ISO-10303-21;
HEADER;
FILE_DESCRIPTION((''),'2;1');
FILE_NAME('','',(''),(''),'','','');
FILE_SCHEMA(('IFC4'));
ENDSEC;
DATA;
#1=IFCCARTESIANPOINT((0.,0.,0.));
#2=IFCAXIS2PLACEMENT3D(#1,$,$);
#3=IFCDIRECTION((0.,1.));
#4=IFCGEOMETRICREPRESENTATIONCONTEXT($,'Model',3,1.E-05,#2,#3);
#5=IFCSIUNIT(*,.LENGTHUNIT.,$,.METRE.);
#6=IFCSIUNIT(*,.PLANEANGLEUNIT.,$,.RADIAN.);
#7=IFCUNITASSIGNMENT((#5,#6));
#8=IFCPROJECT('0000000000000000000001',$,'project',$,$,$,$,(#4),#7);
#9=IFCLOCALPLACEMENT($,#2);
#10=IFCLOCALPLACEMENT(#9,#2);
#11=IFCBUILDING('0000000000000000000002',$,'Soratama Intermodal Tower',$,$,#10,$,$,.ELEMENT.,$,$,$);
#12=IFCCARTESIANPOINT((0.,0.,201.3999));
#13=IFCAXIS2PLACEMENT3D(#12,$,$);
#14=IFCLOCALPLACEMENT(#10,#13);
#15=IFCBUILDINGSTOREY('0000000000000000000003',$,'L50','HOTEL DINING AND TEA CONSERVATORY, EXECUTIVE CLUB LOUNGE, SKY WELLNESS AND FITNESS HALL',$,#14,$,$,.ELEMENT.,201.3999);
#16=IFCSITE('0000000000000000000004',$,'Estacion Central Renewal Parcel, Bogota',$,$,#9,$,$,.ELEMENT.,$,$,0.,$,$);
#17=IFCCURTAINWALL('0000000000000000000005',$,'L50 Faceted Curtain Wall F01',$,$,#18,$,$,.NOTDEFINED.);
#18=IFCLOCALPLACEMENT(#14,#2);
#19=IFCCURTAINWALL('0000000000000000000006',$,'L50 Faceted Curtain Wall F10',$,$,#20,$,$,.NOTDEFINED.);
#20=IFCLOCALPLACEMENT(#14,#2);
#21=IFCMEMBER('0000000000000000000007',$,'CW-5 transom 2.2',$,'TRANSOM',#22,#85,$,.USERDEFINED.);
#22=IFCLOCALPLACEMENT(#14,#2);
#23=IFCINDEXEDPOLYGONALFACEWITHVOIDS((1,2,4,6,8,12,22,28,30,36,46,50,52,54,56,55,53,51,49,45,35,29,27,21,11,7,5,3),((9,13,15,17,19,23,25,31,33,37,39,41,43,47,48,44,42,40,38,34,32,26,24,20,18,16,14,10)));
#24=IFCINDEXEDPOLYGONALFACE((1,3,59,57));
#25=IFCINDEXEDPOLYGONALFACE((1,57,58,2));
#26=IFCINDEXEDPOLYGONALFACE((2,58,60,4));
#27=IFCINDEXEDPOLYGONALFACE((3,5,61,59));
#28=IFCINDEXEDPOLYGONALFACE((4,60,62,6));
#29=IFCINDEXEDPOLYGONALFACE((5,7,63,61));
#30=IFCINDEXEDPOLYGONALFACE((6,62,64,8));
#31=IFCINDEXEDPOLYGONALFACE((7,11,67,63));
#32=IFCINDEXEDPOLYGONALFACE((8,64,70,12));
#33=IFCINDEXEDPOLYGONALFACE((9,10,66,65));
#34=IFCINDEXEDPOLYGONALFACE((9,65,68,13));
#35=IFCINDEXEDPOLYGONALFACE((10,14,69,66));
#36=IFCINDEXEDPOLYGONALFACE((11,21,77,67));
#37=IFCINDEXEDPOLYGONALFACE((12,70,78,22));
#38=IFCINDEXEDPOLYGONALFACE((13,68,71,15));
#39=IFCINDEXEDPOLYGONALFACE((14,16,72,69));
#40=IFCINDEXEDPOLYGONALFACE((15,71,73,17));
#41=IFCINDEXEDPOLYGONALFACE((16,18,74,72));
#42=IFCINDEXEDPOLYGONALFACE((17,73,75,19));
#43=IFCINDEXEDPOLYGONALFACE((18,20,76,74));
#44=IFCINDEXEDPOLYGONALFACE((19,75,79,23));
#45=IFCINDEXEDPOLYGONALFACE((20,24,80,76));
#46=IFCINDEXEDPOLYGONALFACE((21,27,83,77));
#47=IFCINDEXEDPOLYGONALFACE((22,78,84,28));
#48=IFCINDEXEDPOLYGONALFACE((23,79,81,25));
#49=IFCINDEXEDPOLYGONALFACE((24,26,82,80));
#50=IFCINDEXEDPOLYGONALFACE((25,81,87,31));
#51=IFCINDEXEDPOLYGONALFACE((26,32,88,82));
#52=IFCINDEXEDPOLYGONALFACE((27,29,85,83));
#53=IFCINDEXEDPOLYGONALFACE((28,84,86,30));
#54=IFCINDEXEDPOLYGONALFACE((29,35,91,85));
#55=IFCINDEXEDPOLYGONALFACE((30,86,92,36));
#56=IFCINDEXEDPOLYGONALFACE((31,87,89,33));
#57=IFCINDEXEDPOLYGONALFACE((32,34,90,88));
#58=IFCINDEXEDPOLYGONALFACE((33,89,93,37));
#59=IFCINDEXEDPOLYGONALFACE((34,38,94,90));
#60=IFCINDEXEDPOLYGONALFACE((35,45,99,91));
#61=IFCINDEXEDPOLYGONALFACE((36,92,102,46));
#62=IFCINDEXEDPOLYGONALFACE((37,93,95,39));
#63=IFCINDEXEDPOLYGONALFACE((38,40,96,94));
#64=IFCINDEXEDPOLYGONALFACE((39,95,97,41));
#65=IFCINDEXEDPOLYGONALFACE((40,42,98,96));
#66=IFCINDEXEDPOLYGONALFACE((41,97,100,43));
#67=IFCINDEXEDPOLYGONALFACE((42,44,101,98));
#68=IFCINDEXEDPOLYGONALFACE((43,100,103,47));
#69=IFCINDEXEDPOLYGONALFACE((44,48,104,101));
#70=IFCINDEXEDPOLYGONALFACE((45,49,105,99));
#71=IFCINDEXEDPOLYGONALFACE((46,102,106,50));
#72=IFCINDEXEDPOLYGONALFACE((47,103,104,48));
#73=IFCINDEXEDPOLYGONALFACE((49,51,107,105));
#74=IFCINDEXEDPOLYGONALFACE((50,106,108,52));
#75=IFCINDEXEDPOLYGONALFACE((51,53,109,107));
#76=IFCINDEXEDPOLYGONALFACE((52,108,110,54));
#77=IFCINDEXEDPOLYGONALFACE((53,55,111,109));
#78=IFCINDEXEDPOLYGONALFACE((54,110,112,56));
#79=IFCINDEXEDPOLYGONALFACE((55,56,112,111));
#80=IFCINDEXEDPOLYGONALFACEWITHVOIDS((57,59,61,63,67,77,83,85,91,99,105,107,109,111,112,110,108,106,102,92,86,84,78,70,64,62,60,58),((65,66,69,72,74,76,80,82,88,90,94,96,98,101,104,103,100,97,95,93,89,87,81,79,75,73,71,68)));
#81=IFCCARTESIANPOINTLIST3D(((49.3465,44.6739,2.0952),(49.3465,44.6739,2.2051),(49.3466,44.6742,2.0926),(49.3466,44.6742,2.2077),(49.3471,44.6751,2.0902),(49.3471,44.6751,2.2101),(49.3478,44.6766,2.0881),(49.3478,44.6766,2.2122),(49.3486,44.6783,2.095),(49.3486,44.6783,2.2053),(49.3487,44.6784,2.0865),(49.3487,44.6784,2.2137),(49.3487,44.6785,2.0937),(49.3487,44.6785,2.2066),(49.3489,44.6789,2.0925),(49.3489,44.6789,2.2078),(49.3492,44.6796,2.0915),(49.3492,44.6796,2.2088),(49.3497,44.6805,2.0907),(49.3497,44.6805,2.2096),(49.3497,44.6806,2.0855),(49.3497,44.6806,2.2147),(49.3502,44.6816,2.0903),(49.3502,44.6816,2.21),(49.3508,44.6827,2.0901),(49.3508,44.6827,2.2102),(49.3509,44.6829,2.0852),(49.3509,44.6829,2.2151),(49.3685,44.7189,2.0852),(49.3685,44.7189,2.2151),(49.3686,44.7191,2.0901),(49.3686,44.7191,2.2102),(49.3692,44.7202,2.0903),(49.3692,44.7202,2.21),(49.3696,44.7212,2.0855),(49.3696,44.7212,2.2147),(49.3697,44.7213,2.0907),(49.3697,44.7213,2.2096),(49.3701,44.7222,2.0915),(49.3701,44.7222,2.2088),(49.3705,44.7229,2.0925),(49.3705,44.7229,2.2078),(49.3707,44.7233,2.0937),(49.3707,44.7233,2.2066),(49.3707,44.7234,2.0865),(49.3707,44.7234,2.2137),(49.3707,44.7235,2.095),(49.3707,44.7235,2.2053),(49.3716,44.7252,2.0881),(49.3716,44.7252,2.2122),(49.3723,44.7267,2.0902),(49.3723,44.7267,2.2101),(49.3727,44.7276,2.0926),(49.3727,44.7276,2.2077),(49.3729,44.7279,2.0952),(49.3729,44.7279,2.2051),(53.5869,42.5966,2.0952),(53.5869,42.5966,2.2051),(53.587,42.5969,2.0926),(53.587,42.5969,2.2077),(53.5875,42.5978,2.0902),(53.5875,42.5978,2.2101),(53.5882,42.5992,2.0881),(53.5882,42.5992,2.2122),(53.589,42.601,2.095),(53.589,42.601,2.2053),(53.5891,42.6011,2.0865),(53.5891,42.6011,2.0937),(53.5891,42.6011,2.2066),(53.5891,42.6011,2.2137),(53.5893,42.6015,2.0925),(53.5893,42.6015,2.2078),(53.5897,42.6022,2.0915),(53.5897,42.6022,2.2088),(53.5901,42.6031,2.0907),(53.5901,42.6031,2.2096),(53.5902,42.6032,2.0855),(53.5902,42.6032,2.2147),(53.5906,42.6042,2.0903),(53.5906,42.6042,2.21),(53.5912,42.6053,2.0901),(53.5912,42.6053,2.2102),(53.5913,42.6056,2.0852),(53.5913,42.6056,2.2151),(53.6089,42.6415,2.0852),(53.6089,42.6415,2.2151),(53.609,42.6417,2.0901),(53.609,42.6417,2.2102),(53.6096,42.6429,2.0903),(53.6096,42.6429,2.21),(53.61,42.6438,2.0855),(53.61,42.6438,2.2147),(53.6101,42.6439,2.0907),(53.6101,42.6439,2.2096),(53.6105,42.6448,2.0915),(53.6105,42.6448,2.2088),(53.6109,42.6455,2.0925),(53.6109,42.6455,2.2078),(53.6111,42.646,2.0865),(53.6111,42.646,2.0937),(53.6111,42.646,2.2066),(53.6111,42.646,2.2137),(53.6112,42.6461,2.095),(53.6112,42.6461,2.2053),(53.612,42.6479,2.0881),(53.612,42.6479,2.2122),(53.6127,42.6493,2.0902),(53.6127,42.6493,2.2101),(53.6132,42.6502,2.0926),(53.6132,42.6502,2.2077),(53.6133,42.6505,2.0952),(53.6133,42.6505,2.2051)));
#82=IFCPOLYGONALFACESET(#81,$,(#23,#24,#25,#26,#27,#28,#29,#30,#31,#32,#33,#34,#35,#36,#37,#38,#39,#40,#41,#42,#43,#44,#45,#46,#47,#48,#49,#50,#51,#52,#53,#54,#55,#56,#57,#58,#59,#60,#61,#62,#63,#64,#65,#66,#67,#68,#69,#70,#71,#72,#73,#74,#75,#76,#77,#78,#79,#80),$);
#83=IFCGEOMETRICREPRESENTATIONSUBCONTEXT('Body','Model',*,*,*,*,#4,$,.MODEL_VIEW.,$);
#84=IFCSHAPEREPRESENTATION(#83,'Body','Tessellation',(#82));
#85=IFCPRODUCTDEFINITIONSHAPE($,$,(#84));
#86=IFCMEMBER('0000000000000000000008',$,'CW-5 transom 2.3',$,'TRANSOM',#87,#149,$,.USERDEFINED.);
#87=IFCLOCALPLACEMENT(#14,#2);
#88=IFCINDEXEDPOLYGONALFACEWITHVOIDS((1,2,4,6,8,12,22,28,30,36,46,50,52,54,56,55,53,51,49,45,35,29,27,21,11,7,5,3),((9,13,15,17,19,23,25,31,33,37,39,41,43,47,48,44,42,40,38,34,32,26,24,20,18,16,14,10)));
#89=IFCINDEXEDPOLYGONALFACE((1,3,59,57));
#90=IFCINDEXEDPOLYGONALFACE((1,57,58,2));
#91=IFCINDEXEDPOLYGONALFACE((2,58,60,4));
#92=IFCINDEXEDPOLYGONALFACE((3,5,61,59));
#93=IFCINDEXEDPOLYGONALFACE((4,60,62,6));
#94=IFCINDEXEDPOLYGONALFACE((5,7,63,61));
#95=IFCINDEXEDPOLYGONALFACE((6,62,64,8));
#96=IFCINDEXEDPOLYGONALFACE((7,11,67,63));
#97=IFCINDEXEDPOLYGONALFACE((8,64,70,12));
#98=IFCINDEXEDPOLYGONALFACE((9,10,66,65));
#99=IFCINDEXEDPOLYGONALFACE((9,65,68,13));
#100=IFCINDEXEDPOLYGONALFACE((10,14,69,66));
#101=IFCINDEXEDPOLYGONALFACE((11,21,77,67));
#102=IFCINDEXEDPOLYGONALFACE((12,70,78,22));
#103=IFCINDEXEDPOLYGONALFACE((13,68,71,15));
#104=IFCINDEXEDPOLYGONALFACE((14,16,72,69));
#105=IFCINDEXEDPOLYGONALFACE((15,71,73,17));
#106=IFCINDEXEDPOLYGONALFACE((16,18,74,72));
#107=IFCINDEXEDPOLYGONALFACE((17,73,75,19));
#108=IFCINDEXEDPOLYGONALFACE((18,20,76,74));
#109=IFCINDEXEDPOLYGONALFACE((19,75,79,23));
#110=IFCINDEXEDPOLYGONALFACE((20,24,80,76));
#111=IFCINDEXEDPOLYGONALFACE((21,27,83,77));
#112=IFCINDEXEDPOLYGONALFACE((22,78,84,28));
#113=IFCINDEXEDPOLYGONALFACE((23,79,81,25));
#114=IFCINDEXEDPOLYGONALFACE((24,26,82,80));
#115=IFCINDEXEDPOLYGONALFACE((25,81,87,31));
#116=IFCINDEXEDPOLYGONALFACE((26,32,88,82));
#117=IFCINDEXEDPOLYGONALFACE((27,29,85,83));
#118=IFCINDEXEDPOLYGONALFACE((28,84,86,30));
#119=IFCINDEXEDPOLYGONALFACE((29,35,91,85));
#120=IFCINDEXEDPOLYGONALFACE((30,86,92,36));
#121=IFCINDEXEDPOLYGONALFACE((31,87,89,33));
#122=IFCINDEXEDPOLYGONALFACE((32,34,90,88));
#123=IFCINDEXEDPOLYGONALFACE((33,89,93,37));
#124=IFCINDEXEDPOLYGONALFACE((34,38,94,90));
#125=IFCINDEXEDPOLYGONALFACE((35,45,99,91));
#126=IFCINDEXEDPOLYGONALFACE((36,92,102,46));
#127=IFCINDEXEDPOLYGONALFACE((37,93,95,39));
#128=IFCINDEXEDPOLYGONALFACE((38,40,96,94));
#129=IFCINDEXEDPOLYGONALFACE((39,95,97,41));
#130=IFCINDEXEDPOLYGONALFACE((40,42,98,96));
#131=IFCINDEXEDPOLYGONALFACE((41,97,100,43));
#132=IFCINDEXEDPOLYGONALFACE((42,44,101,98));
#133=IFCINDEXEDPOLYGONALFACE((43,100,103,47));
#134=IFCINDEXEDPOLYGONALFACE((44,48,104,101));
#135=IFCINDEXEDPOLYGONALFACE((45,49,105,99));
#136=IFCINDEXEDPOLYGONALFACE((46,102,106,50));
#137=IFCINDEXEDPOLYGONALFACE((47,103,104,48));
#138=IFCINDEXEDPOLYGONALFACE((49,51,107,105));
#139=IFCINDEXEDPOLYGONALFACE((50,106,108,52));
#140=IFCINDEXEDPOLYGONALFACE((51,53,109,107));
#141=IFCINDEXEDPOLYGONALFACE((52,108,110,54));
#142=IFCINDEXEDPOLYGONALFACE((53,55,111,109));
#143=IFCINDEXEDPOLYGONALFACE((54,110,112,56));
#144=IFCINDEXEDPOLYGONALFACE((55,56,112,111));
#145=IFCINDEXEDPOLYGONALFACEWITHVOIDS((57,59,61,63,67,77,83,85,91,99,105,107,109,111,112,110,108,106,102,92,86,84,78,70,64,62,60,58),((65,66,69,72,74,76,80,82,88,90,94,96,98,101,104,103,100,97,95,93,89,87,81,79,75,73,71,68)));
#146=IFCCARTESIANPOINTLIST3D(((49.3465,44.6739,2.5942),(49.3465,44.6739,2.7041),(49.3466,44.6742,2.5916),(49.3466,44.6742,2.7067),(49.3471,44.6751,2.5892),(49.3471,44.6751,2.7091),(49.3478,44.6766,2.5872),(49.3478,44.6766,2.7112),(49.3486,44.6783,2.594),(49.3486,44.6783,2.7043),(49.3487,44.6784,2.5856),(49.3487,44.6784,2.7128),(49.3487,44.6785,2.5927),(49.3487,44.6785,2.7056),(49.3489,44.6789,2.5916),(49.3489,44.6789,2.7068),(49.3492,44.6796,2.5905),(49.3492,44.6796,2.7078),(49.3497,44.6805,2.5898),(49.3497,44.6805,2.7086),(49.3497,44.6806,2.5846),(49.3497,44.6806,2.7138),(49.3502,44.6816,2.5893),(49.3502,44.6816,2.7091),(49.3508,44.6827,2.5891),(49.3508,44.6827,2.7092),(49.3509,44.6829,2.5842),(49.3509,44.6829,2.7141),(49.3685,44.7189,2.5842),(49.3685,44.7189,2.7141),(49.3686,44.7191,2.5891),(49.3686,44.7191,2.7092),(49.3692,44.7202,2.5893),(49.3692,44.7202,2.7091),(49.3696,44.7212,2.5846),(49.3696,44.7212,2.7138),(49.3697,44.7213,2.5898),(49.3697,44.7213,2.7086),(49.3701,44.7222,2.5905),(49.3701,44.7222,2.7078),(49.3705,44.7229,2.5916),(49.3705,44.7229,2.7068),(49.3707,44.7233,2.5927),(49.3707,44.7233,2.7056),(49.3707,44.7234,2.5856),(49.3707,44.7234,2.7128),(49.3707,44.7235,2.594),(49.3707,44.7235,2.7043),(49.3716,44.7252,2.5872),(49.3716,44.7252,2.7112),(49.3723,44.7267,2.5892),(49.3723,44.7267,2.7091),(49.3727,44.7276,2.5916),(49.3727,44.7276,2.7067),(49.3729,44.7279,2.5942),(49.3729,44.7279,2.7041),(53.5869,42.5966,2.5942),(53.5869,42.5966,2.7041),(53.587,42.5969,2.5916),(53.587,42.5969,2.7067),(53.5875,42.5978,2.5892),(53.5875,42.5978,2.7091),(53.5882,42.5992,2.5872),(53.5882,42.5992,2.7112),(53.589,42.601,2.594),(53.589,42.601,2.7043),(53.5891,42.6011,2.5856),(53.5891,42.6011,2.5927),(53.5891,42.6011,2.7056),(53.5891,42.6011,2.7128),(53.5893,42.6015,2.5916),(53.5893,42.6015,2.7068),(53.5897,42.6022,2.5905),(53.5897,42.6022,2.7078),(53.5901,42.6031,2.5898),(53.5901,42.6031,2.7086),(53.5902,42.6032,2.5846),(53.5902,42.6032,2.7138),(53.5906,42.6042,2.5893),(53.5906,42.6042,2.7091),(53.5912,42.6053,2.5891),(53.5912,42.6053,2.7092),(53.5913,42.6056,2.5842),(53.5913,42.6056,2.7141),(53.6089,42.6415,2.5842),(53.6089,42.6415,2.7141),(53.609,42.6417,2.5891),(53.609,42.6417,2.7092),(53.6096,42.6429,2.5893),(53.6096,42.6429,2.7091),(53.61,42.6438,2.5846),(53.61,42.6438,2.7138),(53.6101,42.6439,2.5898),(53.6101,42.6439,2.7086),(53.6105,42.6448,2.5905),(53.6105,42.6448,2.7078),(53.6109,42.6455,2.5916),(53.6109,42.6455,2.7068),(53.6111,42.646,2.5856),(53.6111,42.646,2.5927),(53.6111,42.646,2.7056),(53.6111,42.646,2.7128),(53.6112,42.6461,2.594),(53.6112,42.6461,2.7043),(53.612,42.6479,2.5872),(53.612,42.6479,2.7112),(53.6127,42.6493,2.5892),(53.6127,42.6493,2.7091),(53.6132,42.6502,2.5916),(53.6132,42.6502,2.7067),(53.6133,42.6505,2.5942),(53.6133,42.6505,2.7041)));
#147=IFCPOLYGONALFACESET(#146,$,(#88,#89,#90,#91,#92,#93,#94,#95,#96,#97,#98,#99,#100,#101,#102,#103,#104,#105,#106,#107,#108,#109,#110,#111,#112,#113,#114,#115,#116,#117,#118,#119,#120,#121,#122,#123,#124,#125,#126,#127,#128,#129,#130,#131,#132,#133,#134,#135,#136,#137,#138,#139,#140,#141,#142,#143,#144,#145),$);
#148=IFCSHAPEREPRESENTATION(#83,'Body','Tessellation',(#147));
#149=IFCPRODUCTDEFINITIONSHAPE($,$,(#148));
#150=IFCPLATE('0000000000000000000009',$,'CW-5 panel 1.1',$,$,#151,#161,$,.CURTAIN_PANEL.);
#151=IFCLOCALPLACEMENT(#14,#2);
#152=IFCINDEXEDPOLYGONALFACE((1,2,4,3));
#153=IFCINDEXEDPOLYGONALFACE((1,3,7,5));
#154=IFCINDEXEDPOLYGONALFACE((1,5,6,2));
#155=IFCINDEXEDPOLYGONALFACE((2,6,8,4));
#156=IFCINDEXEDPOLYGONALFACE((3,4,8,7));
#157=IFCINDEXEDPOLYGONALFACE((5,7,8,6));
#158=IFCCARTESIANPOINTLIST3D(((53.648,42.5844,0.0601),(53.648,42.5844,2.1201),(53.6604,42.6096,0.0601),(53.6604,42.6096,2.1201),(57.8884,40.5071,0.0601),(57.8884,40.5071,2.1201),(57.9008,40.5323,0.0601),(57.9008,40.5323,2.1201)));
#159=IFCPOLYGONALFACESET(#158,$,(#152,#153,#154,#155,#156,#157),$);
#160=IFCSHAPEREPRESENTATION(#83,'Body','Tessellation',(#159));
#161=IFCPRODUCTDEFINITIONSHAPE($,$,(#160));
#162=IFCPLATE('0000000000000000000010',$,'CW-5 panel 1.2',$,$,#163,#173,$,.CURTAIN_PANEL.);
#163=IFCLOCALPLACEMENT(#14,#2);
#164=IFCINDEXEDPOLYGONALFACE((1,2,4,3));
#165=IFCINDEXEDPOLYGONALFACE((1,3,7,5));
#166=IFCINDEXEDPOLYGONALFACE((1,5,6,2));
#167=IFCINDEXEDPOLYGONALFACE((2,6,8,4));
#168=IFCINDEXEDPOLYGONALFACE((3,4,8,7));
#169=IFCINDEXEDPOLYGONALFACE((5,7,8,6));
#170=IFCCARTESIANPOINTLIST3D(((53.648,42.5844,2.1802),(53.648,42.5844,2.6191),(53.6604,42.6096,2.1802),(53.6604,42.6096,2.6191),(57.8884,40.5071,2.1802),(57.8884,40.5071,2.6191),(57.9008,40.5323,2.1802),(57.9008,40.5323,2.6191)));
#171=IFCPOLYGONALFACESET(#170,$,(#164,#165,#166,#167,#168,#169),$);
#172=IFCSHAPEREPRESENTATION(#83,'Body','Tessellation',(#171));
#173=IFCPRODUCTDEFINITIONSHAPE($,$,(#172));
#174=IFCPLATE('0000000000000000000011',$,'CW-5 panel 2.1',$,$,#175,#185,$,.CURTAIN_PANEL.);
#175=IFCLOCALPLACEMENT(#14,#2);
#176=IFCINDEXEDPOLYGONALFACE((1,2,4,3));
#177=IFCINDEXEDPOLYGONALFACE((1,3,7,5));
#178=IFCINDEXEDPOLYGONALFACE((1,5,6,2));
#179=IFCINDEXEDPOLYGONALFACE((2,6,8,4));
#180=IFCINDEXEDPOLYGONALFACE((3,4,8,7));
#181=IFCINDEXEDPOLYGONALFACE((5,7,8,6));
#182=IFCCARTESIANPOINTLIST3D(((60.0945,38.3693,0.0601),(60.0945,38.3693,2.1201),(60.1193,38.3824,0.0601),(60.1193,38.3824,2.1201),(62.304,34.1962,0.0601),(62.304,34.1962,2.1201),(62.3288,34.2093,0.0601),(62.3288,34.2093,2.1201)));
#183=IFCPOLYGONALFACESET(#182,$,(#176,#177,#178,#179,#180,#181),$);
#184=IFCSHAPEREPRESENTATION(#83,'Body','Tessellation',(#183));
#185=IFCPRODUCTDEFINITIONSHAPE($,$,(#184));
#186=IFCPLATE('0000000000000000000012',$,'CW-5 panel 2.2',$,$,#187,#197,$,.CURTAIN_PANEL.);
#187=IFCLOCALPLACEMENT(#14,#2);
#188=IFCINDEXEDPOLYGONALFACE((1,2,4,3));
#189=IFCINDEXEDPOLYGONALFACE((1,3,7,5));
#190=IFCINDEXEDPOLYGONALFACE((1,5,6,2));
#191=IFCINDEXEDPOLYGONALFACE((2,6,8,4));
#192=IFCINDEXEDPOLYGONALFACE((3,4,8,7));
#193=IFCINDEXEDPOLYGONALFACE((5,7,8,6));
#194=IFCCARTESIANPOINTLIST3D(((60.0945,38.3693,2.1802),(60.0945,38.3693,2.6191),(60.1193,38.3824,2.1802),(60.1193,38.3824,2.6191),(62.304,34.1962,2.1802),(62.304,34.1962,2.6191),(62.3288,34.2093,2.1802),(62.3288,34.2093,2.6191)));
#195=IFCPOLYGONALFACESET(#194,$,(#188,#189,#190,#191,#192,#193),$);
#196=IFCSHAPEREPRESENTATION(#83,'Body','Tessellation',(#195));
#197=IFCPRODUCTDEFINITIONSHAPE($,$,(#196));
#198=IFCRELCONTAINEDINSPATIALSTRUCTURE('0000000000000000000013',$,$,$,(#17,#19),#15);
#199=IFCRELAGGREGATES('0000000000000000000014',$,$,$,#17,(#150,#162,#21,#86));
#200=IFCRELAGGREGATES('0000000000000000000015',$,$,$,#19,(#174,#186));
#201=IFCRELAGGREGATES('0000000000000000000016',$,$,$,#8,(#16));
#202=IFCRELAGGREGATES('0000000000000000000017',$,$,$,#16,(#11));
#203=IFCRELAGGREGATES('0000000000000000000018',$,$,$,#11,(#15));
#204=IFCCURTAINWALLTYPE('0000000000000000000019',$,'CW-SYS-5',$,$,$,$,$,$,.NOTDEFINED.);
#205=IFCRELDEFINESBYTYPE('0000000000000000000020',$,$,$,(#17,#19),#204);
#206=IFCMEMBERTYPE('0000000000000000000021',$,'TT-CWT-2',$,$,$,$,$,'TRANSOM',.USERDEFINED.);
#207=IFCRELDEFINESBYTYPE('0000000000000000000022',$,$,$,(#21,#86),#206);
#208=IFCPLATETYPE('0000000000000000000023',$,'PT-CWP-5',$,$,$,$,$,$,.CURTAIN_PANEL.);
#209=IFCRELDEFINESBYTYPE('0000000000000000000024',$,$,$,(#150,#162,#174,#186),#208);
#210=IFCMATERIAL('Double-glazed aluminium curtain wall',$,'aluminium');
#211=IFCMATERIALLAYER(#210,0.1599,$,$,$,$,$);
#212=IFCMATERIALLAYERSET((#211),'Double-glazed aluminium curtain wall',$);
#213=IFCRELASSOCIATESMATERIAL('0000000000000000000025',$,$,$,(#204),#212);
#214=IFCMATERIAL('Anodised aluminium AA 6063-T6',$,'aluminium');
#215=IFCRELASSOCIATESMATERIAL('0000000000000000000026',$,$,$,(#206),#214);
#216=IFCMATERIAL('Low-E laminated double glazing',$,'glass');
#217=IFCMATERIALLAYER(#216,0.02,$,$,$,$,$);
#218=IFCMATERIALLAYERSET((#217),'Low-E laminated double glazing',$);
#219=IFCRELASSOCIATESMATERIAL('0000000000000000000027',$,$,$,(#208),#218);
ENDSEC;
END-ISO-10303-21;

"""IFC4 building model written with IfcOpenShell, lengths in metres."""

from ifc_helpers import new_model, si_unit, direction, frame, origin, origin_2d, place, context, subcontext, project, spatial, rectangle, hollow_rectangle, extrude, material, layer, layer_set, material_profile, profile_set, type_object, element, aggregate, save


model = new_model("IFC4")

# Units and contexts
model_context = context("Model", 3, precision=1e-05, world=origin(), true_north=direction((0.0, 1.0)))
body_context = subcontext(model_context, "Body", "Model", "MODEL_VIEW")
ifc_project = project(units=[si_unit("LENGTHUNIT", "METRE"), si_unit("PLANEANGLEUNIT", "RADIAN")], contexts=[model_context])

# Site, building, storey
site_placement = place(None, origin())
site = spatial("IfcSite", under=ifc_project, at=site_placement, Name="Estacion Central Renewal Parcel, Bogota", CompositionType="ELEMENT", RefElevation=0.0)
building_placement = place(site_placement, origin())
building = spatial("IfcBuilding", under=site, at=building_placement, Name="Soratama Intermodal Tower", CompositionType="ELEMENT")
storey_placement = place(building_placement, frame((0.0, 0.0, 201.3999)))
storey = spatial("IfcBuildingStorey", under=building, at=storey_placement, Name="L50", Description="HOTEL DINING AND TEA CONSERVATORY, EXECUTIVE CLUB LOUNGE, SKY WELLNESS AND FITNESS HALL", CompositionType="ELEMENT", Elevation=201.3999)

# Curtain wall
ifc_material_1 = material(Name="Double-glazed aluminium curtain wall", Category="aluminium")
ifc_layer_1 = layer(ifc_material_1, 0.1599)
ifc_layer_set_1 = layer_set([ifc_layer_1], Name="Double-glazed aluminium curtain wall")
curtain_wall_type = type_object("IfcCurtainWallType", Name="CW-SYS-5", PredefinedType="NOTDEFINED", material=ifc_layer_set_1)
curtain_wall_1_placement = place(storey_placement, origin())
curtain_wall_1 = element("IfcCurtainWall", 1, at=curtain_wall_1_placement, inside=storey, type_object=curtain_wall_type, Name="L50 Faceted Curtain Wall F01", PredefinedType="NOTDEFINED")

# Curtain wall
curtain_wall_2_placement = place(storey_placement, origin())
curtain_wall_2 = element("IfcCurtainWall", 2, at=curtain_wall_2_placement, inside=storey, type_object=curtain_wall_type, Name="L50 Faceted Curtain Wall F10", PredefinedType="NOTDEFINED")

# Members
ifc_material_2 = material(Name="Anodised aluminium AA 6063-T6", Category="aluminium")
ifc_material_profile_1 = material_profile(ifc_material_2, hollow_rectangle(XDim=0.0601, YDim=0.1299, WallThickness=0.0049, InnerFilletRadius=0.0049, OuterFilletRadius=0.01, at=origin_2d()), Name="CWT130X60X5")
ifc_profile_set_1 = profile_set([ifc_material_profile_1], Name="Anodised aluminium AA 6063-T6")
member_type_1 = type_object("IfcMemberType", Name="TT-CWT-2", ElementType="TRANSOM", PredefinedType="USERDEFINED", material=ifc_profile_set_1)
member_1_placement = place(storey_placement, frame((53.6001, 42.6235, 2.1501), z_axis=(-0.898027, 0.43994, 0.0), x_axis=(-0.43994, -0.898027, 0.0)))
member_1 = element("IfcMember", 3, at=member_1_placement, type_object=member_type_1, Name="CW-5 transom 2.2", ObjectType="TRANSOM", PredefinedType="USERDEFINED", context=body_context, shape_type="SweptSolid", body=[
    extrude(hollow_rectangle(XDim=0.0601, YDim=0.1299, WallThickness=0.0049, InnerFilletRadius=0.0049, OuterFilletRadius=0.01, at=origin_2d()), origin(), (0.0, 0.0, 1.0), 4.7219),
])
member_2_placement = place(storey_placement, frame((53.6001, 42.6235, 2.6492), z_axis=(-0.898027, 0.43994, 0.0), x_axis=(-0.43994, -0.898027, 0.0)))
member_2 = element("IfcMember", 4, at=member_2_placement, type_object=member_type_1, Name="CW-5 transom 2.3", ObjectType="TRANSOM", PredefinedType="USERDEFINED", context=body_context, shape_type="SweptSolid", body=[
    extrude(hollow_rectangle(XDim=0.0601, YDim=0.1299, WallThickness=0.0049, InnerFilletRadius=0.0049, OuterFilletRadius=0.01, at=origin_2d()), origin(), (0.0, 0.0, 1.0), 4.7219),
])

# Plates
ifc_material_3 = material(Name="Low-E laminated double glazing", Category="glass")
ifc_layer_2 = layer(ifc_material_3, 0.02)
ifc_layer_set_2 = layer_set([ifc_layer_2], Name="Low-E laminated double glazing")
plate_type = type_object("IfcPlateType", Name="PT-CWP-5", PredefinedType="CURTAIN_PANEL", material=ifc_layer_set_2)
plate_1_placement = place(storey_placement, frame((55.7744, 41.5583, 0.0601), z_axis=(0.0, 0.0, 1.0), x_axis=(-0.898028, 0.439938, 0.0)))
plate_1 = element("IfcPlate", 5, at=plate_1_placement, type_object=plate_type, Name="CW-5 panel 1.1", PredefinedType="CURTAIN_PANEL", context=body_context, shape_type="SweptSolid", body=[
    extrude(rectangle(XDim=4.7219, YDim=0.0281, at=origin_2d()), origin(), (0.0, 0.0, 1.0), 2.0601),
])
plate_2_placement = place(storey_placement, frame((55.7744, 41.5583, 2.1802), z_axis=(0.0, 0.0, 1.0), x_axis=(-0.898028, 0.439938, 0.0)))
plate_2 = element("IfcPlate", 6, at=plate_2_placement, type_object=plate_type, Name="CW-5 panel 1.2", PredefinedType="CURTAIN_PANEL", context=body_context, shape_type="SweptSolid", body=[
    extrude(rectangle(XDim=4.7219, YDim=0.0281, at=origin_2d()), origin(), (0.0, 0.0, 1.0), 0.439),
])
aggregate(curtain_wall_1, [plate_1, plate_2, member_1, member_2])
plate_3_placement = place(storey_placement, frame((61.2117, 36.2893, 0.0601), z_axis=(0.0, 0.0, 1.0), x_axis=(-0.467932, 0.883765, 0.0)))
plate_3 = element("IfcPlate", 7, at=plate_3_placement, type_object=plate_type, Name="CW-5 panel 2.1", PredefinedType="CURTAIN_PANEL", context=body_context, shape_type="SweptSolid", body=[
    extrude(rectangle(XDim=4.7219, YDim=0.0281, at=origin_2d()), origin(), (0.0, 0.0, 1.0), 2.0601),
])
plate_4_placement = place(storey_placement, frame((61.2117, 36.2893, 2.1802), z_axis=(0.0, 0.0, 1.0), x_axis=(-0.467932, 0.883765, 0.0)))
plate_4 = element("IfcPlate", 8, at=plate_4_placement, type_object=plate_type, Name="CW-5 panel 2.2", PredefinedType="CURTAIN_PANEL", context=body_context, shape_type="SweptSolid", body=[
    extrude(rectangle(XDim=4.7219, YDim=0.0281, at=origin_2d()), origin(), (0.0, 0.0, 1.0), 0.439),
])
aggregate(curtain_wall_2, [plate_3, plate_4])

save(model, "model.ifc")
